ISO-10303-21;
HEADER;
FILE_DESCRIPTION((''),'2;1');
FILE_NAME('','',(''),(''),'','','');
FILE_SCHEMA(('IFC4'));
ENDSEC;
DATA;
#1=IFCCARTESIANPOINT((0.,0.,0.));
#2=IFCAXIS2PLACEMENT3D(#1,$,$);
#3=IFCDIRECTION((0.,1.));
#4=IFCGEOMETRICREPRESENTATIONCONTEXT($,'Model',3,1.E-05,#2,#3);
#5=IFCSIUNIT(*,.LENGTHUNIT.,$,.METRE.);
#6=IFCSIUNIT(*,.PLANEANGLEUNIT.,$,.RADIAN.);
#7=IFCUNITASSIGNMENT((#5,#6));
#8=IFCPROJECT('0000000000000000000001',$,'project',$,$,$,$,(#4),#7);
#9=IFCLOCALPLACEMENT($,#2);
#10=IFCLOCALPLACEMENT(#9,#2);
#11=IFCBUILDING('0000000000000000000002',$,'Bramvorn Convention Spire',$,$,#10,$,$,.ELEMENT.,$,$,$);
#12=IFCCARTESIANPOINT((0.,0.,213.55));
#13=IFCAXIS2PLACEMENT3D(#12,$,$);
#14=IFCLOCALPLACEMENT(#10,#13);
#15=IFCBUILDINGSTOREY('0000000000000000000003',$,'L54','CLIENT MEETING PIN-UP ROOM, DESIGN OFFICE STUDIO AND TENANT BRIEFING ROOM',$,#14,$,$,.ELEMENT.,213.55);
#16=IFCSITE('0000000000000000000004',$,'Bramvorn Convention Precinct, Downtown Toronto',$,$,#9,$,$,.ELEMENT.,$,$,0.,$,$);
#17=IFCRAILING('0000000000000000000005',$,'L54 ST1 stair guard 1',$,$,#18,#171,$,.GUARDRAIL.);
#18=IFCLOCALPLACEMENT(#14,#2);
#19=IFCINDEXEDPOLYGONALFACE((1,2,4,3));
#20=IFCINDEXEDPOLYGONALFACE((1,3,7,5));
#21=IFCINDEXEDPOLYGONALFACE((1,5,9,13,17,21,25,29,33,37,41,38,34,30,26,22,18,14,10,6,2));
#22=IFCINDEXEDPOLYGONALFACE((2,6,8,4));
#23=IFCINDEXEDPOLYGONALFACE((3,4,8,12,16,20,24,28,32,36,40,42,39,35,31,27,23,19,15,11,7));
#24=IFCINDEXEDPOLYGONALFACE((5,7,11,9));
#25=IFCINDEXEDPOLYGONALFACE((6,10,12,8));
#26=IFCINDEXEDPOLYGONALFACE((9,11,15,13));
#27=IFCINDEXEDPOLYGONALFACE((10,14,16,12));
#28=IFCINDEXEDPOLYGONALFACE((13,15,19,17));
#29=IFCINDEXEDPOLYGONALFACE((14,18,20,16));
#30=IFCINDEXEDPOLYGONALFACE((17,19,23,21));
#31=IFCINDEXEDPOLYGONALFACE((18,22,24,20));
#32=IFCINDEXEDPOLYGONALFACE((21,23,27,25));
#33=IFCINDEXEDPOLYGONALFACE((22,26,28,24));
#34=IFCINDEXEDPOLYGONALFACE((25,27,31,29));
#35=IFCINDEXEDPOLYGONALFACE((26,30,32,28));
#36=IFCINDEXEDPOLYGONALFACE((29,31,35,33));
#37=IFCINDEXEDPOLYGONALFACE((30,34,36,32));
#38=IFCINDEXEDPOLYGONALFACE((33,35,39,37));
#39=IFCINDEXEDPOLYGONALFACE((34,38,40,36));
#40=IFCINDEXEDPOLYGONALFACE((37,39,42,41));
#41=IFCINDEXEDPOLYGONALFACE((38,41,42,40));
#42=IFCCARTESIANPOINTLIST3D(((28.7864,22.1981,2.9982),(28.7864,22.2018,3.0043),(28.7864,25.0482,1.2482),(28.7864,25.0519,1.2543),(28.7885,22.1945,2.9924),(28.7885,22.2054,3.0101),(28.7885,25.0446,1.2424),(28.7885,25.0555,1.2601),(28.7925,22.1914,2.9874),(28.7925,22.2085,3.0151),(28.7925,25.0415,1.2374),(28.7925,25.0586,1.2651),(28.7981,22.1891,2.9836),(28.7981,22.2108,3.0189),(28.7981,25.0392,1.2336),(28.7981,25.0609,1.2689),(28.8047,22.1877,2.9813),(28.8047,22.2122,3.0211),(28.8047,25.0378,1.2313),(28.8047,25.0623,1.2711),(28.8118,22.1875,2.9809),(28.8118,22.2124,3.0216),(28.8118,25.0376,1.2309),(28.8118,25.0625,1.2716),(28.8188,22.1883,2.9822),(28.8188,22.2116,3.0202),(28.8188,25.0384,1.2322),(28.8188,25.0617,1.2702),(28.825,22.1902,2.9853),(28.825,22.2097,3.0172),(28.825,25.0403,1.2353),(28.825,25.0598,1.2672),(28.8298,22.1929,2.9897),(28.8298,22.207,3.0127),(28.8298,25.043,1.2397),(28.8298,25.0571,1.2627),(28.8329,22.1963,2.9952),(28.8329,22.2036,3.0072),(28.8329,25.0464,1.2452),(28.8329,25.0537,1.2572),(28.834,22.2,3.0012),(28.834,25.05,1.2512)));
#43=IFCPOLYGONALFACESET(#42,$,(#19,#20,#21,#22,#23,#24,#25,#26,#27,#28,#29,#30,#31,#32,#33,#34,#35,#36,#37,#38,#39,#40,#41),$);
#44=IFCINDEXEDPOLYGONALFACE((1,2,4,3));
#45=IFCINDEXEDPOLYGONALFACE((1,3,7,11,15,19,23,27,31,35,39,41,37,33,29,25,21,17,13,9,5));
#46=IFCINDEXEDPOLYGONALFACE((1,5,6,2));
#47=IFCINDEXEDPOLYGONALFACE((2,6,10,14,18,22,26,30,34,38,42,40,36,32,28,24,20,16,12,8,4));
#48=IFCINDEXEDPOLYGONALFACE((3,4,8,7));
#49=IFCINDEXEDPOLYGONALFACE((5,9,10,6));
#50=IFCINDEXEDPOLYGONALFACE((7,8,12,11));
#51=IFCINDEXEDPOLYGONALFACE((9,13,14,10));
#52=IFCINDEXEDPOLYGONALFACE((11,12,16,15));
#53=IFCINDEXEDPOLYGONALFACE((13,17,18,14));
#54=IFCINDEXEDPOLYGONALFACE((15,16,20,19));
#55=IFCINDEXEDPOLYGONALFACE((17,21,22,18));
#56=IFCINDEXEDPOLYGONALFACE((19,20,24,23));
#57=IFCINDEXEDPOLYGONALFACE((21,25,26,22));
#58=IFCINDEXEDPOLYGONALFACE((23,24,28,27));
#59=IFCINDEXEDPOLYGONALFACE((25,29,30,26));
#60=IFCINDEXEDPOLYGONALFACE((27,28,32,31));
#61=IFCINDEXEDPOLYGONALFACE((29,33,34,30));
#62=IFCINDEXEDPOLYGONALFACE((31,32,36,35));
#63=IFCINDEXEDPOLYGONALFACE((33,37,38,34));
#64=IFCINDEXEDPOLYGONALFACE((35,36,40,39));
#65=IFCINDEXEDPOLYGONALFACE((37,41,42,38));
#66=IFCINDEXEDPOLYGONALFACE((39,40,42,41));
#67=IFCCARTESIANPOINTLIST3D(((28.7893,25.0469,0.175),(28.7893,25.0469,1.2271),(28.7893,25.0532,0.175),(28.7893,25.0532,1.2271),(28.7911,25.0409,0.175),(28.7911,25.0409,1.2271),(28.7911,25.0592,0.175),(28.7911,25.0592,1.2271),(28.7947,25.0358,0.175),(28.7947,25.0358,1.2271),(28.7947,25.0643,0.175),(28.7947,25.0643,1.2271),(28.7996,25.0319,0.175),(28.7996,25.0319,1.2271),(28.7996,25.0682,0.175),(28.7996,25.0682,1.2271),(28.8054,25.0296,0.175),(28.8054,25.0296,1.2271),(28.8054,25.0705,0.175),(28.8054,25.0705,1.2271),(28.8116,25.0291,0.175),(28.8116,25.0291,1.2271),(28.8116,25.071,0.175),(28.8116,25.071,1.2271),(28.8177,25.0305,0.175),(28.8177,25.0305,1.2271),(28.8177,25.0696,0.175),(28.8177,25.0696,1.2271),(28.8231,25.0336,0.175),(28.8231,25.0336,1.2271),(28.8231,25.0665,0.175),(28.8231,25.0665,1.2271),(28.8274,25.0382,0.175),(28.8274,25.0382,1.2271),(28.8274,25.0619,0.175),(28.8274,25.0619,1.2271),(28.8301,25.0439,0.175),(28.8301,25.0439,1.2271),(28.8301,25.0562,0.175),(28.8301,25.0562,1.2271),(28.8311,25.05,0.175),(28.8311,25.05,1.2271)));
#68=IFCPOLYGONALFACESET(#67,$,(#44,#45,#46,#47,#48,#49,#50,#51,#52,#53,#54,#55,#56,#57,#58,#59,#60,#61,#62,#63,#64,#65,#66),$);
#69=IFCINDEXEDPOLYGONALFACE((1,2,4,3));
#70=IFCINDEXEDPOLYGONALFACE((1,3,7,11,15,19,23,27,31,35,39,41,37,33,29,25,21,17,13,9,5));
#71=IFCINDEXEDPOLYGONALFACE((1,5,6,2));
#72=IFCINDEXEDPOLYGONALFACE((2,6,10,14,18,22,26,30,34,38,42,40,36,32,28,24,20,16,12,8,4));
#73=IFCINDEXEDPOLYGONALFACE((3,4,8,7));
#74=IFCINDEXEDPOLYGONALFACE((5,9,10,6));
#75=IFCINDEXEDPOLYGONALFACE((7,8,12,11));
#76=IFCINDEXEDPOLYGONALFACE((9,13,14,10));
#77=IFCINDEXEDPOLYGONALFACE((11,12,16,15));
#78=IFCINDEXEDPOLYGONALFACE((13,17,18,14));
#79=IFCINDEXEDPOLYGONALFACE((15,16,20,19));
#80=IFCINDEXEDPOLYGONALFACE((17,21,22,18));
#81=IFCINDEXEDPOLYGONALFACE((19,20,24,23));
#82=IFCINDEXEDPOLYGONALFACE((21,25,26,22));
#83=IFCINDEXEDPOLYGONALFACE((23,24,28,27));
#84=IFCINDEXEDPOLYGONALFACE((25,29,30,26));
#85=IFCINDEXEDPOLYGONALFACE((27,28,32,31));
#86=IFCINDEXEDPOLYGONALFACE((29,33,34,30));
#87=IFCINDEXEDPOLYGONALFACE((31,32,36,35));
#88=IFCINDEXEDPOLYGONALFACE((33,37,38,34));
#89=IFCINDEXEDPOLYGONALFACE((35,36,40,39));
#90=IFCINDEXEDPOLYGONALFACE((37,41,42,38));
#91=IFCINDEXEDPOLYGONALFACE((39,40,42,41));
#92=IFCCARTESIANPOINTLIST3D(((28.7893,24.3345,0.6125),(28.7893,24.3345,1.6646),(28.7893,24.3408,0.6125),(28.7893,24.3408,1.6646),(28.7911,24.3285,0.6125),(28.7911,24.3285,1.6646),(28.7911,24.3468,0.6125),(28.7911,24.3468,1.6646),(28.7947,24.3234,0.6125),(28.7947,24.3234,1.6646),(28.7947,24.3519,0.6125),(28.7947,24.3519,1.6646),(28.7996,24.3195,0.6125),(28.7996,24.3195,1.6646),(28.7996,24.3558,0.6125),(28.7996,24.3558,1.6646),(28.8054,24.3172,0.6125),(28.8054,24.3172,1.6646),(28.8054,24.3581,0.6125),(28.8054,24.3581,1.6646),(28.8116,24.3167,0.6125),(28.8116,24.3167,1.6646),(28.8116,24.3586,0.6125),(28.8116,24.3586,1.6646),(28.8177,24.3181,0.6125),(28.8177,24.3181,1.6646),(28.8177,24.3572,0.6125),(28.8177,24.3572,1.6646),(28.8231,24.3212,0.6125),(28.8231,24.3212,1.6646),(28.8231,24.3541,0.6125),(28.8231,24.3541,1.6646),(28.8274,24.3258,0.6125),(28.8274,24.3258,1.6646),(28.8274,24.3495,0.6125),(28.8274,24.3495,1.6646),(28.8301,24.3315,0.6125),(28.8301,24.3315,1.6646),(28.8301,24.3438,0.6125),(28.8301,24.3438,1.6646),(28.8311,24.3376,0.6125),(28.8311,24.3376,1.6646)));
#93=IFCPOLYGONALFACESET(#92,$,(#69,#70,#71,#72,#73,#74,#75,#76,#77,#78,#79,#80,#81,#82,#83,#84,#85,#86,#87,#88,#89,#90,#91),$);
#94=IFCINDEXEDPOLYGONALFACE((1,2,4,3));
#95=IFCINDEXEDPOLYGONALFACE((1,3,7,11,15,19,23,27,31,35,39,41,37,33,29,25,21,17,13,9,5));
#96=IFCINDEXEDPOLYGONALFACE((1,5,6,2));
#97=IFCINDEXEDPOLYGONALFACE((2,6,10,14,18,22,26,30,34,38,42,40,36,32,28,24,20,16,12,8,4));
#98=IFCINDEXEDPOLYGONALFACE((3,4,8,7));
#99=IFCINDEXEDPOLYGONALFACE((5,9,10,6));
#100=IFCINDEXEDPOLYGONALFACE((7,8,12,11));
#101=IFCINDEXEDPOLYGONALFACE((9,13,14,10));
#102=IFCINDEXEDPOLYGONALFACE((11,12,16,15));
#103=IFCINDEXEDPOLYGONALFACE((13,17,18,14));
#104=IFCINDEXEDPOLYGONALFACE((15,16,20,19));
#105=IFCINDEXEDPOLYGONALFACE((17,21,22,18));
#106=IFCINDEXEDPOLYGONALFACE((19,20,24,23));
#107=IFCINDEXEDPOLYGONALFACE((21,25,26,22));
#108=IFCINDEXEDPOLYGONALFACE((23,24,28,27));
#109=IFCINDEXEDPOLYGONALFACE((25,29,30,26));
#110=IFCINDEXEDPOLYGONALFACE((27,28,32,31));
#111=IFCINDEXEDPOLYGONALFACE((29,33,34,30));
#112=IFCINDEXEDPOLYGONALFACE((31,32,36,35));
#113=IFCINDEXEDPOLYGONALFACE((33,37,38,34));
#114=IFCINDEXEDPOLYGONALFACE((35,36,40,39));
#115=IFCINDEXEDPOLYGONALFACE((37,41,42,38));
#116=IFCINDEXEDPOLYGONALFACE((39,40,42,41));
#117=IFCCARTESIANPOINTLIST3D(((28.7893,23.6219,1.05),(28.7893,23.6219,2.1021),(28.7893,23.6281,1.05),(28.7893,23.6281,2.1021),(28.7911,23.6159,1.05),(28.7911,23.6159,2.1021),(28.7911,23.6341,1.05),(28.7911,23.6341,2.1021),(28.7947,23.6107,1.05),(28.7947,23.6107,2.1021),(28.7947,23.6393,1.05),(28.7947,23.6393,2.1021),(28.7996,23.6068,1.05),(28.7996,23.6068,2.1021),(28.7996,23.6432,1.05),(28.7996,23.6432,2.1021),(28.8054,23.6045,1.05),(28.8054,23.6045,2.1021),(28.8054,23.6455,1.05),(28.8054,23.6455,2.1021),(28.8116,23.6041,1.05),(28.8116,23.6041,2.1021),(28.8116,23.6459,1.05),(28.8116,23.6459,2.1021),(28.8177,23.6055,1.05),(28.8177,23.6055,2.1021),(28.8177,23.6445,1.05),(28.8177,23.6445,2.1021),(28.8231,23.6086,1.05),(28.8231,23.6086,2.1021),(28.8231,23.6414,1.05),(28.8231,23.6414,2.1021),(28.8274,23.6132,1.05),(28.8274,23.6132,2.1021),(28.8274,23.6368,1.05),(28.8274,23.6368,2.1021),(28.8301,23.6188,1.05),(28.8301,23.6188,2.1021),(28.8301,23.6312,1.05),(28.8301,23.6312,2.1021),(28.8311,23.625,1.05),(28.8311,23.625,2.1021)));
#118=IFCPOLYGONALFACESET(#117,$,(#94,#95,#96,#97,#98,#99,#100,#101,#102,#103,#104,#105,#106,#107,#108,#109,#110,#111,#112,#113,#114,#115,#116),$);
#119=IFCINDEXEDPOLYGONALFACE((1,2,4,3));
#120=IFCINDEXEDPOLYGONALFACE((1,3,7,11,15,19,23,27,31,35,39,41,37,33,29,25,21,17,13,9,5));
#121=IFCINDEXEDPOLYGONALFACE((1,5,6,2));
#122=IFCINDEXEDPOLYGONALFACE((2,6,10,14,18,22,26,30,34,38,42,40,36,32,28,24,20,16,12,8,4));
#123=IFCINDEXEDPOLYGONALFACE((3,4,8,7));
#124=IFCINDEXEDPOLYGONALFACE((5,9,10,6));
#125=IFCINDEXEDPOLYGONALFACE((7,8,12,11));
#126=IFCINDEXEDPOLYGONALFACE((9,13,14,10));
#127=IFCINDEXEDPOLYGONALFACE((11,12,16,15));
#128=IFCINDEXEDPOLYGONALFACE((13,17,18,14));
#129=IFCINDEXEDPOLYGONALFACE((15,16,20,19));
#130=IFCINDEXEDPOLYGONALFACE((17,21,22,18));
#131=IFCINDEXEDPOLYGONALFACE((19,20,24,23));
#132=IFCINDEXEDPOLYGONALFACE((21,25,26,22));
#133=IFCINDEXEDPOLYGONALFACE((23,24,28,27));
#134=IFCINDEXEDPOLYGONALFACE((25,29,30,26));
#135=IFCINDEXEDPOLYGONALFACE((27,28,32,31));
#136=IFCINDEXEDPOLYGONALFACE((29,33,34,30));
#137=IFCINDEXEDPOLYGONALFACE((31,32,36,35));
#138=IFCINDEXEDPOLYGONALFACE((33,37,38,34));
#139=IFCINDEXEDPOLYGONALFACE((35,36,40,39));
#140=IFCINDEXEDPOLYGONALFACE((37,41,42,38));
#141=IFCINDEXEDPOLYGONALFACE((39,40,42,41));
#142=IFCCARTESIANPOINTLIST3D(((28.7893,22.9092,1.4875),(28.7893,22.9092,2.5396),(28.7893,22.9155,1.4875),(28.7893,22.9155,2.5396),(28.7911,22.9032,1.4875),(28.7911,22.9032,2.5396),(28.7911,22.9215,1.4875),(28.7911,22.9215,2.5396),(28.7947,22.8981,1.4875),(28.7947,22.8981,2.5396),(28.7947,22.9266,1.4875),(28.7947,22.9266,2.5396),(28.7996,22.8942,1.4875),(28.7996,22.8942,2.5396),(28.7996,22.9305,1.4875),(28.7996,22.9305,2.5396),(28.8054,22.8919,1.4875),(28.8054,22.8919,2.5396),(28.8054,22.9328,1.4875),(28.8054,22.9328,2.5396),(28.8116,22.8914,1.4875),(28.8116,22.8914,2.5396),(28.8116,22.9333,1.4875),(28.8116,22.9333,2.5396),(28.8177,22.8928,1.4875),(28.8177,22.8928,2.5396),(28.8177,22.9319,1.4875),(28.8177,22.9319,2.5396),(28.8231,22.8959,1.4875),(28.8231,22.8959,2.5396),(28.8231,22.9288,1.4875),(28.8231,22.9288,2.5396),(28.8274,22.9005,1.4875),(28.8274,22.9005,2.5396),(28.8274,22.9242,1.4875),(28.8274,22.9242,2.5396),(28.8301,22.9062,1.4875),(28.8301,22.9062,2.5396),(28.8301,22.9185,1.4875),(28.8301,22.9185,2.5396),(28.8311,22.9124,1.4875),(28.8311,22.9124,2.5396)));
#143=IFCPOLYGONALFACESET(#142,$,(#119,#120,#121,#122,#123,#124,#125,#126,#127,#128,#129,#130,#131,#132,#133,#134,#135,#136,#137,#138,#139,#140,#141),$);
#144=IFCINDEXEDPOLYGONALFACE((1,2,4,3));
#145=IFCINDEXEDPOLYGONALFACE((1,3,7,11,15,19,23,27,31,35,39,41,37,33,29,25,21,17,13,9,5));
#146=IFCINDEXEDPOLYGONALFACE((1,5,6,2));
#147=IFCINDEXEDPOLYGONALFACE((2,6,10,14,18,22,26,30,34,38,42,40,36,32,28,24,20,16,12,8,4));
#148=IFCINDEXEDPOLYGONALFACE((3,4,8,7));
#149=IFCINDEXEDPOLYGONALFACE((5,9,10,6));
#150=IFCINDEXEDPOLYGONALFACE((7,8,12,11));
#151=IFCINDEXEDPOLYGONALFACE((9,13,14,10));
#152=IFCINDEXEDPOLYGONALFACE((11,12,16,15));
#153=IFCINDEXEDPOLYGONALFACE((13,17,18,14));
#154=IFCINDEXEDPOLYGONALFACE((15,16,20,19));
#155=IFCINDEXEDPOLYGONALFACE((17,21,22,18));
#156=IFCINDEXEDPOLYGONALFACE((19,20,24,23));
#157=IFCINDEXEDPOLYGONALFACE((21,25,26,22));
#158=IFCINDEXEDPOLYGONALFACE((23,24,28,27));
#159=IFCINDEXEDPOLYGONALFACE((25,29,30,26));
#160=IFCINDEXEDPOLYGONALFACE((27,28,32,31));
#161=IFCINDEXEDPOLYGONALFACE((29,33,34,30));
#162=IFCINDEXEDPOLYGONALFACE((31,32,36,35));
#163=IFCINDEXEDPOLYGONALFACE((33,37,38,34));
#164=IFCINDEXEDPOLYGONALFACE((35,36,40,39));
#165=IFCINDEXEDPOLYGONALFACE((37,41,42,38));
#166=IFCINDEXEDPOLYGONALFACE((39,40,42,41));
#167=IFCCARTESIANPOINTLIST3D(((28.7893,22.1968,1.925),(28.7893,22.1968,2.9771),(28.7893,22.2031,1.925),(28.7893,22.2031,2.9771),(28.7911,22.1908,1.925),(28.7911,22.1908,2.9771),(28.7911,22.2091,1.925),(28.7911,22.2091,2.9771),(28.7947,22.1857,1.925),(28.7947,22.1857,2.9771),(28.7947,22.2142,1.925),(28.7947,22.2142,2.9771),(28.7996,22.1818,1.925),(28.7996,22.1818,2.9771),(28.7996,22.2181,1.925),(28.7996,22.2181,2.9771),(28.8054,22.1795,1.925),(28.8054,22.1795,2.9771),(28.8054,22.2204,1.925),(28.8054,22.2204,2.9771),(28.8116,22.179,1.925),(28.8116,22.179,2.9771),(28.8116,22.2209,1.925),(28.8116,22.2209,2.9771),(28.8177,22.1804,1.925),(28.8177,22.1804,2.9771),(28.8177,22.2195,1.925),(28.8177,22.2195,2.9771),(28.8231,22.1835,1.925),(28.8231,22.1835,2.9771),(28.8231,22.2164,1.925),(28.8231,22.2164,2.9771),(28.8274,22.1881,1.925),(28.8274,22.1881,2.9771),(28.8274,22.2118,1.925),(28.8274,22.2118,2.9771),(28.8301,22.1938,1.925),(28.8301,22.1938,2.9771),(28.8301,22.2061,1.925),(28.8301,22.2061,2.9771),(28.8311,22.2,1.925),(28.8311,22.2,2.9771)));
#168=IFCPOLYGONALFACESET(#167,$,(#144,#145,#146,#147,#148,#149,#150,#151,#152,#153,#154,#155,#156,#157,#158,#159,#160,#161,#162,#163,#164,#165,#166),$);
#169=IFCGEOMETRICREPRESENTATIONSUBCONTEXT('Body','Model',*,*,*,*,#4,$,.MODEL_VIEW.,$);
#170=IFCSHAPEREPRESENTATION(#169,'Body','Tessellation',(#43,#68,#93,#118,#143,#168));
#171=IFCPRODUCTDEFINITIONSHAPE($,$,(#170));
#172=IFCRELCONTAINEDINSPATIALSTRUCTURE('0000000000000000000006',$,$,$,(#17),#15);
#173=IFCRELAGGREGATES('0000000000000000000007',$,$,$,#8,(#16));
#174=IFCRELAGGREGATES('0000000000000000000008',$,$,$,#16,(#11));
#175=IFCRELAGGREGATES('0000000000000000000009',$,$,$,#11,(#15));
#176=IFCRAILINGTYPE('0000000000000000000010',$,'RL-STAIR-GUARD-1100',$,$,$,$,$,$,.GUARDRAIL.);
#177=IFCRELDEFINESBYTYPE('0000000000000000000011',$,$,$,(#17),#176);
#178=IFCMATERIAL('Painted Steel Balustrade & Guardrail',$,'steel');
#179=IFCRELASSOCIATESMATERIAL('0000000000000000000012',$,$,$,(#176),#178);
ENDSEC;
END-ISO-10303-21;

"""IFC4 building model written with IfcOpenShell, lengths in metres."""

from ifc_helpers import new_model, si_unit, direction, frame, origin, origin_2d, place, context, subcontext, project, spatial, circle, extrude, material, type_object, element, save


model = new_model("IFC4")

# Units and contexts
model_context = context("Model", 3, precision=1e-05, world=origin(), true_north=direction((0.0, 1.0)))
body_context = subcontext(model_context, "Body", "Model", "MODEL_VIEW")
ifc_project = project(units=[si_unit("LENGTHUNIT", "METRE"), si_unit("PLANEANGLEUNIT", "RADIAN")], contexts=[model_context])

# Site, building, storey
site_placement = place(None, origin())
site = spatial("IfcSite", under=ifc_project, at=site_placement, Name="Bramvorn Convention Precinct, Downtown Toronto", CompositionType="ELEMENT", RefElevation=0.0)
building_placement = place(site_placement, origin())
building = spatial("IfcBuilding", under=site, at=building_placement, Name="Bramvorn Convention Spire", CompositionType="ELEMENT")
storey_placement = place(building_placement, frame((0.0, 0.0, 213.55)))
storey = spatial("IfcBuildingStorey", under=building, at=storey_placement, Name="L54", Description="CLIENT MEETING PIN-UP ROOM, DESIGN OFFICE STUDIO AND TENANT BRIEFING ROOM", CompositionType="ELEMENT", Elevation=213.55)

# Railing
ifc_material_1 = material(Name="Painted Steel Balustrade & Guardrail", Category="steel")
railing_type_1 = type_object("IfcRailingType", Name="RL-STAIR-GUARD-1100", PredefinedType="GUARDRAIL", material=ifc_material_1)
railing_1_placement = place(storey_placement, frame((28.8101, 25.05, 0.175)))
element("IfcRailing", 1, at=railing_1_placement, inside=storey, type_object=railing_type_1, Name="L54 ST1 stair guard 1", PredefinedType="GUARDRAIL", context=body_context, shape_type="SweptSolid", body=[
    extrude(circle(Radius=0.0239, at=origin_2d()), frame((0.0, 0.0, 1.0762), z_axis=(0.0, -0.852179, 0.52325), x_axis=(1.0, 0.0, 0.0)), (0.0, 0.0, 1.0), 3.3445),
    extrude(circle(Radius=0.021, at=origin_2d()), origin(), (0.0, 0.0, 1.0), 1.052),
    extrude(circle(Radius=0.021, at=origin_2d()), frame((0.0, -0.7124, 0.4375)), (0.0, 0.0, 1.0), 1.052),
    extrude(circle(Radius=0.021, at=origin_2d()), frame((0.0, -1.425, 0.875)), (0.0, 0.0, 1.0), 1.052),
    extrude(circle(Radius=0.021, at=origin_2d()), frame((0.0, -2.1377, 1.3125)), (0.0, 0.0, 1.0), 1.052),
    extrude(circle(Radius=0.021, at=origin_2d()), frame((0.0, -2.8501, 1.75)), (0.0, 0.0, 1.0), 1.052),
])

save(model, "model.ifc")
